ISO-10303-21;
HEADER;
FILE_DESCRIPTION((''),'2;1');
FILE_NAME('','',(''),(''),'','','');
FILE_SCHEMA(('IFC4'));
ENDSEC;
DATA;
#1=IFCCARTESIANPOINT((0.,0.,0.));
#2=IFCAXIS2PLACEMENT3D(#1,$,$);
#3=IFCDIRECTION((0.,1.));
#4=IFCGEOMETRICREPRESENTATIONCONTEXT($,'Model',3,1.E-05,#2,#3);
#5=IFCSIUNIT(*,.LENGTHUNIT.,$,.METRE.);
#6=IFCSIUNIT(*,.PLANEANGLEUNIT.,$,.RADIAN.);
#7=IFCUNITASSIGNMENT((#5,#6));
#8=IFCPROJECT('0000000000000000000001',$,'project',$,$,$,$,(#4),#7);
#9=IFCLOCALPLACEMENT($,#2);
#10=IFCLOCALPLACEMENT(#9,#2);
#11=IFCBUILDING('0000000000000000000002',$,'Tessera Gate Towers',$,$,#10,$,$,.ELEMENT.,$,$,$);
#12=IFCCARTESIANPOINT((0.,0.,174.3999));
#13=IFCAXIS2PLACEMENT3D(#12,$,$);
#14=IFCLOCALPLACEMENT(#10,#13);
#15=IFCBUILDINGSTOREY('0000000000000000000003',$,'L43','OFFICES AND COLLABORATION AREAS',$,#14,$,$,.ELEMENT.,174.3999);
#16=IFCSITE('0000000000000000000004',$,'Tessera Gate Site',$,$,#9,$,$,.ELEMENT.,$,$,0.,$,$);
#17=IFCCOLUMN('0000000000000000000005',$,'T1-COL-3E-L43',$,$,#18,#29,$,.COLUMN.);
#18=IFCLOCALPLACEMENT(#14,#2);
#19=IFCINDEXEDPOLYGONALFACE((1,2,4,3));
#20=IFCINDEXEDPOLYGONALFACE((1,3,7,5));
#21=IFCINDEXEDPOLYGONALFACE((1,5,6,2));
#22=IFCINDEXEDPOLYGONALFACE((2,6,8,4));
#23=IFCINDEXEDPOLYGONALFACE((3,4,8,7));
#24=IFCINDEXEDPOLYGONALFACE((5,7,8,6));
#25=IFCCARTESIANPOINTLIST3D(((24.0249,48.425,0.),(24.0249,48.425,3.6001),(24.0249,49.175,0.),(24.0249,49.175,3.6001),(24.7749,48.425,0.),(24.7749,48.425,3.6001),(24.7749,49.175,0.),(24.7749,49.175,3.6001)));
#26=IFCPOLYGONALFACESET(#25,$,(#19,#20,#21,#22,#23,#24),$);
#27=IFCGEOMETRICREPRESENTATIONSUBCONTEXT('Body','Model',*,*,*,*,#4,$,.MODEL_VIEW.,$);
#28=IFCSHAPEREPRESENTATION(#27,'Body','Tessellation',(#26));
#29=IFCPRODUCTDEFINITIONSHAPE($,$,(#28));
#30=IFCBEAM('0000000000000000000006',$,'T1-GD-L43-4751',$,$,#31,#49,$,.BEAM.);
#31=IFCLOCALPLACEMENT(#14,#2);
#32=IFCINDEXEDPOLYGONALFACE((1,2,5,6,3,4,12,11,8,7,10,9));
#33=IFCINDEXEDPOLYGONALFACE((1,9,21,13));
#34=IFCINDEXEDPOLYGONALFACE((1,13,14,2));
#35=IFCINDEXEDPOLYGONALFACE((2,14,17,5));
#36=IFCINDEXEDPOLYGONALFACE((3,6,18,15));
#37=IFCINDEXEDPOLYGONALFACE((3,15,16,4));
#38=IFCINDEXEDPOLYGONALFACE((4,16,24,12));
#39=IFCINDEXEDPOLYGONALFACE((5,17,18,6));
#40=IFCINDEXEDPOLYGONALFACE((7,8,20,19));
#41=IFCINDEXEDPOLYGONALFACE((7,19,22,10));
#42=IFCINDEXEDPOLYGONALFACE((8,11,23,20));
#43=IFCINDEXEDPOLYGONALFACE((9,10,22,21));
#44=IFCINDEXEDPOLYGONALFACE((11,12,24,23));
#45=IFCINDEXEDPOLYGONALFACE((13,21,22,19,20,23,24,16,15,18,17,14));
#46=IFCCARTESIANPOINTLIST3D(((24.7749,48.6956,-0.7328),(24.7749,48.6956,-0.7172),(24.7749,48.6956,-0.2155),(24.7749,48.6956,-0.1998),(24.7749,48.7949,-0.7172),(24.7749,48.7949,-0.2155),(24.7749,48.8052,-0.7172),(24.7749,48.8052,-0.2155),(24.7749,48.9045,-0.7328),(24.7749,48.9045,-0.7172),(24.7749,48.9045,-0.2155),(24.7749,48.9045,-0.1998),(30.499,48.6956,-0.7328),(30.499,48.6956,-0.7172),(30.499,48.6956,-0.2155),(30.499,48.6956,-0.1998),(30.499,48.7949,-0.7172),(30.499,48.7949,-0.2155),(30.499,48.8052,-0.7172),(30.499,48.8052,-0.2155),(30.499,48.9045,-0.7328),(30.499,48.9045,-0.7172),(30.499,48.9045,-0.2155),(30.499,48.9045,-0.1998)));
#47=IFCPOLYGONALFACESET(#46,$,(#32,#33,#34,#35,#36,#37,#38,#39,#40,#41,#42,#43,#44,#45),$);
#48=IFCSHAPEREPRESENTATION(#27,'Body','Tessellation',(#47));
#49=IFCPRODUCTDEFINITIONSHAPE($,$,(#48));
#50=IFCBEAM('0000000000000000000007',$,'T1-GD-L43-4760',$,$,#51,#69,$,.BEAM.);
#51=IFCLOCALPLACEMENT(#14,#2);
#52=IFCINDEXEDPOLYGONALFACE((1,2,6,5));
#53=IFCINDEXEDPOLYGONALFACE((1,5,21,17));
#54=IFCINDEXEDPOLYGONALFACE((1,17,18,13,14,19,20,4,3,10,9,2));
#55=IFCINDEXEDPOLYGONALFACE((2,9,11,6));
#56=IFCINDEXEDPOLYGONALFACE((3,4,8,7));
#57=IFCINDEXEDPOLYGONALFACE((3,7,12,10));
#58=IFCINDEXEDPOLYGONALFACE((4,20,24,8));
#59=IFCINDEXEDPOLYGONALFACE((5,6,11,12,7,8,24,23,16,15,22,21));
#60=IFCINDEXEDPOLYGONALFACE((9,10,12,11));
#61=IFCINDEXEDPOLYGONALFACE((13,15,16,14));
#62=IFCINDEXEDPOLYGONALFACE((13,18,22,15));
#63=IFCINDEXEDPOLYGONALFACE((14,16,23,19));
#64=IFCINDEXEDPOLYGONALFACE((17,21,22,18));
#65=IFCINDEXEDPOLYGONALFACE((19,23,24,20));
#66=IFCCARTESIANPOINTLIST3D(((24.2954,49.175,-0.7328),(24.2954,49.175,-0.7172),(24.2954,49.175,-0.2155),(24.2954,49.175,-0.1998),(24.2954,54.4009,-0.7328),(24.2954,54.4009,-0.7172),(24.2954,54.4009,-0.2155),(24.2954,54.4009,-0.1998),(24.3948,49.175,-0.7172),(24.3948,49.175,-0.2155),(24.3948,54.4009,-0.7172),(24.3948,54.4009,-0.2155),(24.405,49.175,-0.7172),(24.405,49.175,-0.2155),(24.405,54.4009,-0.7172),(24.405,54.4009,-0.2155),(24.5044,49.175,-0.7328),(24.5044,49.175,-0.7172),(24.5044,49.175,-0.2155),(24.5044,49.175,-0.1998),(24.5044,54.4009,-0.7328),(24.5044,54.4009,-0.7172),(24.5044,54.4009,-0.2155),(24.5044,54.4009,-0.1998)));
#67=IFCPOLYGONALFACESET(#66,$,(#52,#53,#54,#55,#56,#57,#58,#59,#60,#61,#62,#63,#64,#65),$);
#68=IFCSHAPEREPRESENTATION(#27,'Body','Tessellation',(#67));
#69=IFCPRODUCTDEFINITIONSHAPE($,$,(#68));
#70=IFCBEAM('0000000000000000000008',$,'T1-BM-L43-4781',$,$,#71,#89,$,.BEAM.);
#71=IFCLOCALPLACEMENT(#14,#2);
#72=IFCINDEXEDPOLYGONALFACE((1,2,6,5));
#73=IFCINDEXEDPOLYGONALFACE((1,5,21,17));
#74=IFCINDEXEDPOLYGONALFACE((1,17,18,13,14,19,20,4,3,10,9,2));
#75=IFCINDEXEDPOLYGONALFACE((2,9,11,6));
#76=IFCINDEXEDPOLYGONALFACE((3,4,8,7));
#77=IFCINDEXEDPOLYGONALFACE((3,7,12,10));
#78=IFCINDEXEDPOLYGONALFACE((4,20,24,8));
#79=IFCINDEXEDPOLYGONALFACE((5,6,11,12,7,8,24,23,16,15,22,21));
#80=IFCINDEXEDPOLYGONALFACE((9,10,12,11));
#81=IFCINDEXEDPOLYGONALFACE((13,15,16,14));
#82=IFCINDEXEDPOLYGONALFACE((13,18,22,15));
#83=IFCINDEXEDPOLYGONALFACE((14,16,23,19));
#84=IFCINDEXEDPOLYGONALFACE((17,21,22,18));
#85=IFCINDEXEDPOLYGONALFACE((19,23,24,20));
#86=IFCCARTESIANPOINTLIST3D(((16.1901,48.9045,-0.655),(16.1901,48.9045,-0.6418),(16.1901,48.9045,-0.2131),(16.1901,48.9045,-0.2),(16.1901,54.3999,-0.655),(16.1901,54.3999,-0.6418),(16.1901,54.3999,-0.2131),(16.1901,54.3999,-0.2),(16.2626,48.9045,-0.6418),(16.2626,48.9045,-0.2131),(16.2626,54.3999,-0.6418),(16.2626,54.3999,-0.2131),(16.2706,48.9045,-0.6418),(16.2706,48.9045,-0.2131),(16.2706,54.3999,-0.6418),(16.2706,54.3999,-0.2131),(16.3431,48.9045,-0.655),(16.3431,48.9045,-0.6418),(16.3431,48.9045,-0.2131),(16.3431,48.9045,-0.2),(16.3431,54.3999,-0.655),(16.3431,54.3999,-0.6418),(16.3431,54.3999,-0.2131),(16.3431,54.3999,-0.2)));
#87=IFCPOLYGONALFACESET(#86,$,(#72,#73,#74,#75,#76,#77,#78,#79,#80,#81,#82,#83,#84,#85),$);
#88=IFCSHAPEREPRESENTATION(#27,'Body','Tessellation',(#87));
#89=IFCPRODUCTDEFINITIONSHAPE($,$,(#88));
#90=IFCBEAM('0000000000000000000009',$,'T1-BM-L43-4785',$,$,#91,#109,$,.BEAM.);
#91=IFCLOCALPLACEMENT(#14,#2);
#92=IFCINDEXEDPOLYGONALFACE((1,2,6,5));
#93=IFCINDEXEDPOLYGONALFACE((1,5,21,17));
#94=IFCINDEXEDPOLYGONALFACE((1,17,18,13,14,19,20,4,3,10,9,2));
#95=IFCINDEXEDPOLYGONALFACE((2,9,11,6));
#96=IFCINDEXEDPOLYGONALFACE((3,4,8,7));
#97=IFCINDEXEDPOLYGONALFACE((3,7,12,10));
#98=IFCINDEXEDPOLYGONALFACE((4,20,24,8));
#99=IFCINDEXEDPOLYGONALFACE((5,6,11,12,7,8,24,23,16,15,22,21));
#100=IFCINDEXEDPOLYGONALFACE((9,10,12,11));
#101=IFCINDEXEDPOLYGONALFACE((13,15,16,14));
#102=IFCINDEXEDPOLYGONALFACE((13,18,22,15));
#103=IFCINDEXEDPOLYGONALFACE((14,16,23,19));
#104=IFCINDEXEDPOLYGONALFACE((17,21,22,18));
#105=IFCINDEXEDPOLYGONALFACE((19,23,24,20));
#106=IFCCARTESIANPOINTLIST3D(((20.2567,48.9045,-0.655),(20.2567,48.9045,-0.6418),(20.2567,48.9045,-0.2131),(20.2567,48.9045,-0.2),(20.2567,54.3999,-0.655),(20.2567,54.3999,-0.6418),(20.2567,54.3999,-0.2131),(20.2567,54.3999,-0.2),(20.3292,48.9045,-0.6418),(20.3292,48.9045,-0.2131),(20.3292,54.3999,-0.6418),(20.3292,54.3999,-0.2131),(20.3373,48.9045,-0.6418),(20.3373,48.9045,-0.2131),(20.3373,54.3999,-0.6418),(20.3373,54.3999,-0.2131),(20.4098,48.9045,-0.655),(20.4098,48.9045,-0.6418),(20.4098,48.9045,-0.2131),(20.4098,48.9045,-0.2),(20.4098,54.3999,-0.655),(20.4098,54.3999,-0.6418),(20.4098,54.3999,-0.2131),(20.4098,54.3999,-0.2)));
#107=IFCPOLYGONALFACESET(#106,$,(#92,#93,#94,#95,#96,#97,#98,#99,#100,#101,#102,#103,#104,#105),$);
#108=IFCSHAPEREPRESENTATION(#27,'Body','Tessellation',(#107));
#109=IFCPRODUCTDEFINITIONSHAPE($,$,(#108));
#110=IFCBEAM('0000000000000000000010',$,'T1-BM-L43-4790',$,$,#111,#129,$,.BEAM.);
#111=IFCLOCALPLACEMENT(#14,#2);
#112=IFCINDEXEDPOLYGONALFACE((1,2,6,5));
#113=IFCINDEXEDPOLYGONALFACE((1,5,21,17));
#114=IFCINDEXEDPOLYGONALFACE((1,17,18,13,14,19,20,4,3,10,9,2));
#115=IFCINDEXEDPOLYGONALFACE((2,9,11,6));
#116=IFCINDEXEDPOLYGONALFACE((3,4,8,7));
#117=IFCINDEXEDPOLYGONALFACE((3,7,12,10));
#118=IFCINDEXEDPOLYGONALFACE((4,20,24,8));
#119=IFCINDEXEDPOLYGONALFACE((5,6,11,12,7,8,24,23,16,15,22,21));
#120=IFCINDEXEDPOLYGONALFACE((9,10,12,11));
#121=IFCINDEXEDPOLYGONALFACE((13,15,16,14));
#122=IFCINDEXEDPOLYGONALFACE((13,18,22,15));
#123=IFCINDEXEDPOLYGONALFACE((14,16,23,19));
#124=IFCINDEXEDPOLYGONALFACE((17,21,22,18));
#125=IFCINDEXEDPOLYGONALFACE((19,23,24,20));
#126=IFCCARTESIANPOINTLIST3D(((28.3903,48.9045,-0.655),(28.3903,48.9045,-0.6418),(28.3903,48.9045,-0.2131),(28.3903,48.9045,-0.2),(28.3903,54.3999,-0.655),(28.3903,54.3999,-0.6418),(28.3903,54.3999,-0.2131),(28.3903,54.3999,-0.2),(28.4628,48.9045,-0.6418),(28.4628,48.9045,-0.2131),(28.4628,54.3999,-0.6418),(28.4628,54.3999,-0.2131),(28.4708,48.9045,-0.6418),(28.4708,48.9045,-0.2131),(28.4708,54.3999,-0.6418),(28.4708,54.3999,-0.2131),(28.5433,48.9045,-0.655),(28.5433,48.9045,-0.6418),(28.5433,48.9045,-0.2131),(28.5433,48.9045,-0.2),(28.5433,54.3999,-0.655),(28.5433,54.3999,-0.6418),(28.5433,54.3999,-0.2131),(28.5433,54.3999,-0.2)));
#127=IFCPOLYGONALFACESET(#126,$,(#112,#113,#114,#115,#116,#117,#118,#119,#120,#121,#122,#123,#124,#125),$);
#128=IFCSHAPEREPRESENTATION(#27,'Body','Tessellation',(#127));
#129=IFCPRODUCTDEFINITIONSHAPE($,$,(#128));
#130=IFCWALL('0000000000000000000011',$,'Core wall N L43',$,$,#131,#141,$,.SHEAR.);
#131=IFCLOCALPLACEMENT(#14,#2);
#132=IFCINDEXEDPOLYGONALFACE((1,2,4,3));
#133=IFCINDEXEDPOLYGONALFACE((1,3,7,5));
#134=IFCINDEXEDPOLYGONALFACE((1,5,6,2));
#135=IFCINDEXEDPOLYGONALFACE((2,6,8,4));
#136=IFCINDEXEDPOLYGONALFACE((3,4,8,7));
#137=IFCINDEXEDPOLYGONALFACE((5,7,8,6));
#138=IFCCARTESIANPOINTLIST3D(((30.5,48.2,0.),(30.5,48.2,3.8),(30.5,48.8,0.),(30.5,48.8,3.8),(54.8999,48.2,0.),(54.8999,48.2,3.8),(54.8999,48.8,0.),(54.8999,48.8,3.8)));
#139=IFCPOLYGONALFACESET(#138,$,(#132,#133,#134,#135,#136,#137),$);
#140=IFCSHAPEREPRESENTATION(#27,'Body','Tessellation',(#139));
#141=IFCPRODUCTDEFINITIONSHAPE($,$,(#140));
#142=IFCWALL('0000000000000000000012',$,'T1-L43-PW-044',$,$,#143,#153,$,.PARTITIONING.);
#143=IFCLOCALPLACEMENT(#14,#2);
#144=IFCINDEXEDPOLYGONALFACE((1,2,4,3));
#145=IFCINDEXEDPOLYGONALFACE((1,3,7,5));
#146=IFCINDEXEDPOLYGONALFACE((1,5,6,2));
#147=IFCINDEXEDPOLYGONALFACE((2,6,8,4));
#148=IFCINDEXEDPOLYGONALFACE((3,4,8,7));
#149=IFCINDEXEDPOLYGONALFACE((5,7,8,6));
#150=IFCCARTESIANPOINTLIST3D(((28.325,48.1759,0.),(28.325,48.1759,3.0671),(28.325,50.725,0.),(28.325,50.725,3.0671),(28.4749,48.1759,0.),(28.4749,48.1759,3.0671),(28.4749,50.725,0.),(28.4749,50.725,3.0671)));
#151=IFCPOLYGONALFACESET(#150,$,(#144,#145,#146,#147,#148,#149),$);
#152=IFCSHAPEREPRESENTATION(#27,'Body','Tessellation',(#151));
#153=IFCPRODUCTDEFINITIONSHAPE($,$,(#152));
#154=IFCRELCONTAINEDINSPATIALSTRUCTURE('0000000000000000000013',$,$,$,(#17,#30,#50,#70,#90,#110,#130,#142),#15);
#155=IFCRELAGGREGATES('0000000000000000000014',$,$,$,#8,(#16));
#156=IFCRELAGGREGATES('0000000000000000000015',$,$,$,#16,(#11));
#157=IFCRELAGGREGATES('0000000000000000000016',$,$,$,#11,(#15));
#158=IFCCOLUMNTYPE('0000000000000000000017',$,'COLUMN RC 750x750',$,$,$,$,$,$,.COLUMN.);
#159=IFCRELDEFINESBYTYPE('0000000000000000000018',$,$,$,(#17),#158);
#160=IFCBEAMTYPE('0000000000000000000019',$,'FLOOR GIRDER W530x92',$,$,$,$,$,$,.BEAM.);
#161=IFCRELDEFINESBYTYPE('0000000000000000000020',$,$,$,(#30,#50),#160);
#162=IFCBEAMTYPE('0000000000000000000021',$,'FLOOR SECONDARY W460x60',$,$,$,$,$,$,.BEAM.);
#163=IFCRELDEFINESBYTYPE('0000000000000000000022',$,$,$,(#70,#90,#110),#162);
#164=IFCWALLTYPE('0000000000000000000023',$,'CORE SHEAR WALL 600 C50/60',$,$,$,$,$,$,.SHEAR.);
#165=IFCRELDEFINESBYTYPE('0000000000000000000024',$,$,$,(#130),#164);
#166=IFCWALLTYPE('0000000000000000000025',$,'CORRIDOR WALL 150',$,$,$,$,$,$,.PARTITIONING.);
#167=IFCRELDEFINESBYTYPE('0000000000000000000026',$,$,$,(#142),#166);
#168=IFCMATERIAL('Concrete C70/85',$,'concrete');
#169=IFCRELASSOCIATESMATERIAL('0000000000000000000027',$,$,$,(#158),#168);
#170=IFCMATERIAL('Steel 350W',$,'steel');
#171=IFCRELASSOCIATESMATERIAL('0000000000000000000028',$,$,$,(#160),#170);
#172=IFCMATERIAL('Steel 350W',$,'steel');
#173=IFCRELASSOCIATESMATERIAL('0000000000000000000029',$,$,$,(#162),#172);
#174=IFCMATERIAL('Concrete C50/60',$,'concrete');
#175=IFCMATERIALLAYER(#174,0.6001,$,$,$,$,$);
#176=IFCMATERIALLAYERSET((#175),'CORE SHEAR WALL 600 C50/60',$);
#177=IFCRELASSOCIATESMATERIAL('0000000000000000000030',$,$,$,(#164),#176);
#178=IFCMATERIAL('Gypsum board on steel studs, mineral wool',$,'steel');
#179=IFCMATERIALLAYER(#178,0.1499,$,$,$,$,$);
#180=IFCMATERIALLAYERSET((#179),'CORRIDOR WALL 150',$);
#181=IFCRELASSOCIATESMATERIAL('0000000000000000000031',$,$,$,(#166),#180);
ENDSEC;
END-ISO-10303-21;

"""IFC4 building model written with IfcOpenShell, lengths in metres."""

from ifc_helpers import new_model, si_unit, direction, frame, frame_2d, origin, origin_2d, place, context, subcontext, project, spatial, rectangle, i_section, extrude, material, layer, layer_set, material_profile, profile_set, type_object, element, save


model = new_model("IFC4")

# Units and contexts
model_context = context("Model", 3, precision=1e-05, world=origin(), true_north=direction((0.0, 1.0)))
body_context = subcontext(model_context, "Body", "Model", "MODEL_VIEW")
ifc_project = project(units=[si_unit("LENGTHUNIT", "METRE"), si_unit("PLANEANGLEUNIT", "RADIAN")], contexts=[model_context])

# Site, building, storey
site_placement = place(None, origin())
site = spatial("IfcSite", under=ifc_project, at=site_placement, Name="Tessera Gate Site", CompositionType="ELEMENT", RefElevation=0.0)
building_placement = place(site_placement, origin())
building = spatial("IfcBuilding", under=site, at=building_placement, Name="Tessera Gate Towers", CompositionType="ELEMENT")
storey_placement = place(building_placement, frame((0.0, 0.0, 174.3999)))
storey = spatial("IfcBuildingStorey", under=building, at=storey_placement, Name="L43", Description="OFFICES AND COLLABORATION AREAS", CompositionType="ELEMENT", Elevation=174.3999)

# Column
ifc_material_1 = material(Name="Concrete C70/85", Category="concrete")
ifc_material_profile_1 = material_profile(ifc_material_1, rectangle(XDim=0.75, YDim=0.75, at=origin_2d()), Name="RC 750x750")
ifc_profile_set_1 = profile_set([ifc_material_profile_1], Name="Concrete C70/85")
column_type = type_object("IfcColumnType", Name="COLUMN RC 750x750", PredefinedType="COLUMN", material=ifc_profile_set_1)
column_placement = place(storey_placement, frame((24.3999, 48.8, 0.0), z_axis=(0.0, 0.0, 1.0), x_axis=(1.0, 0.0, 0.0)))
element("IfcColumn", 1, at=column_placement, inside=storey, type_object=column_type, Name="T1-COL-3E-L43", PredefinedType="COLUMN", context=body_context, shape_type="SweptSolid", body=[
    extrude(rectangle(XDim=0.75, YDim=0.75, at=origin_2d()), origin(), (0.0, 0.0, 1.0), 3.6001),
])

# Beams
ifc_material_2 = material(Name="Steel 350W", Category="steel")
ifc_material_profile_2 = material_profile(ifc_material_2, i_section(OverallWidth=0.209, OverallDepth=0.533, WebThickness=0.0103, FlangeThickness=0.0156, at=origin_2d()), Name="W530x92")
ifc_profile_set_2 = profile_set([ifc_material_profile_2], Name="Steel 350W")
beam_type_1 = type_object("IfcBeamType", Name="FLOOR GIRDER W530x92", PredefinedType="BEAM", material=ifc_profile_set_2)
beam_1_placement = place(storey_placement, frame((24.7749, 48.8, -0.4663), z_axis=(1.0, 0.0, 0.0), x_axis=(0.0, 1.0, 0.0)))
element("IfcBeam", 2, at=beam_1_placement, inside=storey, type_object=beam_type_1, Name="T1-GD-L43-4751", PredefinedType="BEAM", context=body_context, shape_type="SweptSolid", body=[
    extrude(i_section(OverallWidth=0.209, OverallDepth=0.533, WebThickness=0.0103, FlangeThickness=0.0156, at=origin_2d()), origin(), (0.0, 0.0, 1.0), 5.7241),
])
beam_2_placement = place(storey_placement, frame((24.3999, 49.175, -0.4663), z_axis=(0.0, 1.0, 0.0), x_axis=(-1.0, 0.0, 0.0)))
element("IfcBeam", 3, at=beam_2_placement, inside=storey, type_object=beam_type_1, Name="T1-GD-L43-4760", PredefinedType="BEAM", context=body_context, shape_type="SweptSolid", body=[
    extrude(i_section(OverallWidth=0.209, OverallDepth=0.533, WebThickness=0.0103, FlangeThickness=0.0156, at=origin_2d()), origin(), (0.0, 0.0, 1.0), 5.2258),
])
ifc_material_3 = material(Name="Steel 350W", Category="steel")
ifc_material_profile_3 = material_profile(ifc_material_3, i_section(OverallWidth=0.1531, OverallDepth=0.4551, WebThickness=0.0081, FlangeThickness=0.0132, at=origin_2d()), Name="W460x60")
ifc_profile_set_3 = profile_set([ifc_material_profile_3], Name="Steel 350W")
beam_type_2 = type_object("IfcBeamType", Name="FLOOR SECONDARY W460x60", PredefinedType="BEAM", material=ifc_profile_set_3)
for number, where, z_axis, x_axis, name in (
    (4, (16.2666, 48.9045, -0.4275), (0.0, 1.0, 0.0), (-1.0, 0.0, 0.0), "T1-BM-L43-4781"),
    (5, (20.3333, 48.9045, -0.4275), (0.0, 1.0, 0.0), (-1.0, 0.0, 0.0), "T1-BM-L43-4785"),
    (6, (28.4668, 48.9045, -0.4275), (0.0, 1.0, 0.0), (-1.0, 0.0, 0.0), "T1-BM-L43-4790"),
):
    element("IfcBeam", number, at=place(storey_placement, frame(where, z_axis=z_axis, x_axis=x_axis)), inside=storey, type_object=beam_type_2, Name=name, PredefinedType="BEAM", context=body_context, shape_type="SweptSolid", body=[
        extrude(i_section(OverallWidth=0.1531, OverallDepth=0.4551, WebThickness=0.0081, FlangeThickness=0.0132, at=origin_2d()), origin(), (0.0, 0.0, 1.0), 5.4954),
    ])

# Walls
ifc_material_4 = material(Name="Concrete C50/60", Category="concrete")
ifc_layer_1 = layer(ifc_material_4, 0.6001)
ifc_layer_set_1 = layer_set([ifc_layer_1], Name="CORE SHEAR WALL 600 C50/60")
wall_type_1 = type_object("IfcWallType", Name="CORE SHEAR WALL 600 C50/60", PredefinedType="SHEAR", material=ifc_layer_set_1)
wall_1_placement = place(storey_placement, frame((30.5, 48.5, 0.0), z_axis=(0.0, 0.0, 1.0), x_axis=(1.0, 0.0, 0.0)))
element("IfcWall", 7, at=wall_1_placement, inside=storey, type_object=wall_type_1, Name="Core wall N L43", PredefinedType="SHEAR", context=body_context, shape_type="SweptSolid", body=[
    extrude(rectangle(XDim=24.3999, YDim=0.6001, at=frame_2d((12.2, 0.0))), origin(), (0.0, 0.0, 1.0), 3.8),
])
ifc_material_5 = material(Name="Gypsum board on steel studs, mineral wool", Category="steel")
ifc_layer_2 = layer(ifc_material_5, 0.1499)
ifc_layer_set_2 = layer_set([ifc_layer_2], Name="CORRIDOR WALL 150")
wall_type_2 = type_object("IfcWallType", Name="CORRIDOR WALL 150", PredefinedType="PARTITIONING", material=ifc_layer_set_2)
wall_2_placement = place(storey_placement, frame((28.3999, 48.176, 0.0), z_axis=(0.0, 0.0, 1.0), x_axis=(0.0, 1.0, 0.0)))
element("IfcWall", 8, at=wall_2_placement, inside=storey, type_object=wall_type_2, Name="T1-L43-PW-044", PredefinedType="PARTITIONING", context=body_context, shape_type="SweptSolid", body=[
    extrude(rectangle(XDim=2.5491, YDim=0.1499, at=frame_2d((1.2744, 0.0))), origin(), (0.0, 0.0, 1.0), 3.0671),
])

save(model, "model.ifc")
